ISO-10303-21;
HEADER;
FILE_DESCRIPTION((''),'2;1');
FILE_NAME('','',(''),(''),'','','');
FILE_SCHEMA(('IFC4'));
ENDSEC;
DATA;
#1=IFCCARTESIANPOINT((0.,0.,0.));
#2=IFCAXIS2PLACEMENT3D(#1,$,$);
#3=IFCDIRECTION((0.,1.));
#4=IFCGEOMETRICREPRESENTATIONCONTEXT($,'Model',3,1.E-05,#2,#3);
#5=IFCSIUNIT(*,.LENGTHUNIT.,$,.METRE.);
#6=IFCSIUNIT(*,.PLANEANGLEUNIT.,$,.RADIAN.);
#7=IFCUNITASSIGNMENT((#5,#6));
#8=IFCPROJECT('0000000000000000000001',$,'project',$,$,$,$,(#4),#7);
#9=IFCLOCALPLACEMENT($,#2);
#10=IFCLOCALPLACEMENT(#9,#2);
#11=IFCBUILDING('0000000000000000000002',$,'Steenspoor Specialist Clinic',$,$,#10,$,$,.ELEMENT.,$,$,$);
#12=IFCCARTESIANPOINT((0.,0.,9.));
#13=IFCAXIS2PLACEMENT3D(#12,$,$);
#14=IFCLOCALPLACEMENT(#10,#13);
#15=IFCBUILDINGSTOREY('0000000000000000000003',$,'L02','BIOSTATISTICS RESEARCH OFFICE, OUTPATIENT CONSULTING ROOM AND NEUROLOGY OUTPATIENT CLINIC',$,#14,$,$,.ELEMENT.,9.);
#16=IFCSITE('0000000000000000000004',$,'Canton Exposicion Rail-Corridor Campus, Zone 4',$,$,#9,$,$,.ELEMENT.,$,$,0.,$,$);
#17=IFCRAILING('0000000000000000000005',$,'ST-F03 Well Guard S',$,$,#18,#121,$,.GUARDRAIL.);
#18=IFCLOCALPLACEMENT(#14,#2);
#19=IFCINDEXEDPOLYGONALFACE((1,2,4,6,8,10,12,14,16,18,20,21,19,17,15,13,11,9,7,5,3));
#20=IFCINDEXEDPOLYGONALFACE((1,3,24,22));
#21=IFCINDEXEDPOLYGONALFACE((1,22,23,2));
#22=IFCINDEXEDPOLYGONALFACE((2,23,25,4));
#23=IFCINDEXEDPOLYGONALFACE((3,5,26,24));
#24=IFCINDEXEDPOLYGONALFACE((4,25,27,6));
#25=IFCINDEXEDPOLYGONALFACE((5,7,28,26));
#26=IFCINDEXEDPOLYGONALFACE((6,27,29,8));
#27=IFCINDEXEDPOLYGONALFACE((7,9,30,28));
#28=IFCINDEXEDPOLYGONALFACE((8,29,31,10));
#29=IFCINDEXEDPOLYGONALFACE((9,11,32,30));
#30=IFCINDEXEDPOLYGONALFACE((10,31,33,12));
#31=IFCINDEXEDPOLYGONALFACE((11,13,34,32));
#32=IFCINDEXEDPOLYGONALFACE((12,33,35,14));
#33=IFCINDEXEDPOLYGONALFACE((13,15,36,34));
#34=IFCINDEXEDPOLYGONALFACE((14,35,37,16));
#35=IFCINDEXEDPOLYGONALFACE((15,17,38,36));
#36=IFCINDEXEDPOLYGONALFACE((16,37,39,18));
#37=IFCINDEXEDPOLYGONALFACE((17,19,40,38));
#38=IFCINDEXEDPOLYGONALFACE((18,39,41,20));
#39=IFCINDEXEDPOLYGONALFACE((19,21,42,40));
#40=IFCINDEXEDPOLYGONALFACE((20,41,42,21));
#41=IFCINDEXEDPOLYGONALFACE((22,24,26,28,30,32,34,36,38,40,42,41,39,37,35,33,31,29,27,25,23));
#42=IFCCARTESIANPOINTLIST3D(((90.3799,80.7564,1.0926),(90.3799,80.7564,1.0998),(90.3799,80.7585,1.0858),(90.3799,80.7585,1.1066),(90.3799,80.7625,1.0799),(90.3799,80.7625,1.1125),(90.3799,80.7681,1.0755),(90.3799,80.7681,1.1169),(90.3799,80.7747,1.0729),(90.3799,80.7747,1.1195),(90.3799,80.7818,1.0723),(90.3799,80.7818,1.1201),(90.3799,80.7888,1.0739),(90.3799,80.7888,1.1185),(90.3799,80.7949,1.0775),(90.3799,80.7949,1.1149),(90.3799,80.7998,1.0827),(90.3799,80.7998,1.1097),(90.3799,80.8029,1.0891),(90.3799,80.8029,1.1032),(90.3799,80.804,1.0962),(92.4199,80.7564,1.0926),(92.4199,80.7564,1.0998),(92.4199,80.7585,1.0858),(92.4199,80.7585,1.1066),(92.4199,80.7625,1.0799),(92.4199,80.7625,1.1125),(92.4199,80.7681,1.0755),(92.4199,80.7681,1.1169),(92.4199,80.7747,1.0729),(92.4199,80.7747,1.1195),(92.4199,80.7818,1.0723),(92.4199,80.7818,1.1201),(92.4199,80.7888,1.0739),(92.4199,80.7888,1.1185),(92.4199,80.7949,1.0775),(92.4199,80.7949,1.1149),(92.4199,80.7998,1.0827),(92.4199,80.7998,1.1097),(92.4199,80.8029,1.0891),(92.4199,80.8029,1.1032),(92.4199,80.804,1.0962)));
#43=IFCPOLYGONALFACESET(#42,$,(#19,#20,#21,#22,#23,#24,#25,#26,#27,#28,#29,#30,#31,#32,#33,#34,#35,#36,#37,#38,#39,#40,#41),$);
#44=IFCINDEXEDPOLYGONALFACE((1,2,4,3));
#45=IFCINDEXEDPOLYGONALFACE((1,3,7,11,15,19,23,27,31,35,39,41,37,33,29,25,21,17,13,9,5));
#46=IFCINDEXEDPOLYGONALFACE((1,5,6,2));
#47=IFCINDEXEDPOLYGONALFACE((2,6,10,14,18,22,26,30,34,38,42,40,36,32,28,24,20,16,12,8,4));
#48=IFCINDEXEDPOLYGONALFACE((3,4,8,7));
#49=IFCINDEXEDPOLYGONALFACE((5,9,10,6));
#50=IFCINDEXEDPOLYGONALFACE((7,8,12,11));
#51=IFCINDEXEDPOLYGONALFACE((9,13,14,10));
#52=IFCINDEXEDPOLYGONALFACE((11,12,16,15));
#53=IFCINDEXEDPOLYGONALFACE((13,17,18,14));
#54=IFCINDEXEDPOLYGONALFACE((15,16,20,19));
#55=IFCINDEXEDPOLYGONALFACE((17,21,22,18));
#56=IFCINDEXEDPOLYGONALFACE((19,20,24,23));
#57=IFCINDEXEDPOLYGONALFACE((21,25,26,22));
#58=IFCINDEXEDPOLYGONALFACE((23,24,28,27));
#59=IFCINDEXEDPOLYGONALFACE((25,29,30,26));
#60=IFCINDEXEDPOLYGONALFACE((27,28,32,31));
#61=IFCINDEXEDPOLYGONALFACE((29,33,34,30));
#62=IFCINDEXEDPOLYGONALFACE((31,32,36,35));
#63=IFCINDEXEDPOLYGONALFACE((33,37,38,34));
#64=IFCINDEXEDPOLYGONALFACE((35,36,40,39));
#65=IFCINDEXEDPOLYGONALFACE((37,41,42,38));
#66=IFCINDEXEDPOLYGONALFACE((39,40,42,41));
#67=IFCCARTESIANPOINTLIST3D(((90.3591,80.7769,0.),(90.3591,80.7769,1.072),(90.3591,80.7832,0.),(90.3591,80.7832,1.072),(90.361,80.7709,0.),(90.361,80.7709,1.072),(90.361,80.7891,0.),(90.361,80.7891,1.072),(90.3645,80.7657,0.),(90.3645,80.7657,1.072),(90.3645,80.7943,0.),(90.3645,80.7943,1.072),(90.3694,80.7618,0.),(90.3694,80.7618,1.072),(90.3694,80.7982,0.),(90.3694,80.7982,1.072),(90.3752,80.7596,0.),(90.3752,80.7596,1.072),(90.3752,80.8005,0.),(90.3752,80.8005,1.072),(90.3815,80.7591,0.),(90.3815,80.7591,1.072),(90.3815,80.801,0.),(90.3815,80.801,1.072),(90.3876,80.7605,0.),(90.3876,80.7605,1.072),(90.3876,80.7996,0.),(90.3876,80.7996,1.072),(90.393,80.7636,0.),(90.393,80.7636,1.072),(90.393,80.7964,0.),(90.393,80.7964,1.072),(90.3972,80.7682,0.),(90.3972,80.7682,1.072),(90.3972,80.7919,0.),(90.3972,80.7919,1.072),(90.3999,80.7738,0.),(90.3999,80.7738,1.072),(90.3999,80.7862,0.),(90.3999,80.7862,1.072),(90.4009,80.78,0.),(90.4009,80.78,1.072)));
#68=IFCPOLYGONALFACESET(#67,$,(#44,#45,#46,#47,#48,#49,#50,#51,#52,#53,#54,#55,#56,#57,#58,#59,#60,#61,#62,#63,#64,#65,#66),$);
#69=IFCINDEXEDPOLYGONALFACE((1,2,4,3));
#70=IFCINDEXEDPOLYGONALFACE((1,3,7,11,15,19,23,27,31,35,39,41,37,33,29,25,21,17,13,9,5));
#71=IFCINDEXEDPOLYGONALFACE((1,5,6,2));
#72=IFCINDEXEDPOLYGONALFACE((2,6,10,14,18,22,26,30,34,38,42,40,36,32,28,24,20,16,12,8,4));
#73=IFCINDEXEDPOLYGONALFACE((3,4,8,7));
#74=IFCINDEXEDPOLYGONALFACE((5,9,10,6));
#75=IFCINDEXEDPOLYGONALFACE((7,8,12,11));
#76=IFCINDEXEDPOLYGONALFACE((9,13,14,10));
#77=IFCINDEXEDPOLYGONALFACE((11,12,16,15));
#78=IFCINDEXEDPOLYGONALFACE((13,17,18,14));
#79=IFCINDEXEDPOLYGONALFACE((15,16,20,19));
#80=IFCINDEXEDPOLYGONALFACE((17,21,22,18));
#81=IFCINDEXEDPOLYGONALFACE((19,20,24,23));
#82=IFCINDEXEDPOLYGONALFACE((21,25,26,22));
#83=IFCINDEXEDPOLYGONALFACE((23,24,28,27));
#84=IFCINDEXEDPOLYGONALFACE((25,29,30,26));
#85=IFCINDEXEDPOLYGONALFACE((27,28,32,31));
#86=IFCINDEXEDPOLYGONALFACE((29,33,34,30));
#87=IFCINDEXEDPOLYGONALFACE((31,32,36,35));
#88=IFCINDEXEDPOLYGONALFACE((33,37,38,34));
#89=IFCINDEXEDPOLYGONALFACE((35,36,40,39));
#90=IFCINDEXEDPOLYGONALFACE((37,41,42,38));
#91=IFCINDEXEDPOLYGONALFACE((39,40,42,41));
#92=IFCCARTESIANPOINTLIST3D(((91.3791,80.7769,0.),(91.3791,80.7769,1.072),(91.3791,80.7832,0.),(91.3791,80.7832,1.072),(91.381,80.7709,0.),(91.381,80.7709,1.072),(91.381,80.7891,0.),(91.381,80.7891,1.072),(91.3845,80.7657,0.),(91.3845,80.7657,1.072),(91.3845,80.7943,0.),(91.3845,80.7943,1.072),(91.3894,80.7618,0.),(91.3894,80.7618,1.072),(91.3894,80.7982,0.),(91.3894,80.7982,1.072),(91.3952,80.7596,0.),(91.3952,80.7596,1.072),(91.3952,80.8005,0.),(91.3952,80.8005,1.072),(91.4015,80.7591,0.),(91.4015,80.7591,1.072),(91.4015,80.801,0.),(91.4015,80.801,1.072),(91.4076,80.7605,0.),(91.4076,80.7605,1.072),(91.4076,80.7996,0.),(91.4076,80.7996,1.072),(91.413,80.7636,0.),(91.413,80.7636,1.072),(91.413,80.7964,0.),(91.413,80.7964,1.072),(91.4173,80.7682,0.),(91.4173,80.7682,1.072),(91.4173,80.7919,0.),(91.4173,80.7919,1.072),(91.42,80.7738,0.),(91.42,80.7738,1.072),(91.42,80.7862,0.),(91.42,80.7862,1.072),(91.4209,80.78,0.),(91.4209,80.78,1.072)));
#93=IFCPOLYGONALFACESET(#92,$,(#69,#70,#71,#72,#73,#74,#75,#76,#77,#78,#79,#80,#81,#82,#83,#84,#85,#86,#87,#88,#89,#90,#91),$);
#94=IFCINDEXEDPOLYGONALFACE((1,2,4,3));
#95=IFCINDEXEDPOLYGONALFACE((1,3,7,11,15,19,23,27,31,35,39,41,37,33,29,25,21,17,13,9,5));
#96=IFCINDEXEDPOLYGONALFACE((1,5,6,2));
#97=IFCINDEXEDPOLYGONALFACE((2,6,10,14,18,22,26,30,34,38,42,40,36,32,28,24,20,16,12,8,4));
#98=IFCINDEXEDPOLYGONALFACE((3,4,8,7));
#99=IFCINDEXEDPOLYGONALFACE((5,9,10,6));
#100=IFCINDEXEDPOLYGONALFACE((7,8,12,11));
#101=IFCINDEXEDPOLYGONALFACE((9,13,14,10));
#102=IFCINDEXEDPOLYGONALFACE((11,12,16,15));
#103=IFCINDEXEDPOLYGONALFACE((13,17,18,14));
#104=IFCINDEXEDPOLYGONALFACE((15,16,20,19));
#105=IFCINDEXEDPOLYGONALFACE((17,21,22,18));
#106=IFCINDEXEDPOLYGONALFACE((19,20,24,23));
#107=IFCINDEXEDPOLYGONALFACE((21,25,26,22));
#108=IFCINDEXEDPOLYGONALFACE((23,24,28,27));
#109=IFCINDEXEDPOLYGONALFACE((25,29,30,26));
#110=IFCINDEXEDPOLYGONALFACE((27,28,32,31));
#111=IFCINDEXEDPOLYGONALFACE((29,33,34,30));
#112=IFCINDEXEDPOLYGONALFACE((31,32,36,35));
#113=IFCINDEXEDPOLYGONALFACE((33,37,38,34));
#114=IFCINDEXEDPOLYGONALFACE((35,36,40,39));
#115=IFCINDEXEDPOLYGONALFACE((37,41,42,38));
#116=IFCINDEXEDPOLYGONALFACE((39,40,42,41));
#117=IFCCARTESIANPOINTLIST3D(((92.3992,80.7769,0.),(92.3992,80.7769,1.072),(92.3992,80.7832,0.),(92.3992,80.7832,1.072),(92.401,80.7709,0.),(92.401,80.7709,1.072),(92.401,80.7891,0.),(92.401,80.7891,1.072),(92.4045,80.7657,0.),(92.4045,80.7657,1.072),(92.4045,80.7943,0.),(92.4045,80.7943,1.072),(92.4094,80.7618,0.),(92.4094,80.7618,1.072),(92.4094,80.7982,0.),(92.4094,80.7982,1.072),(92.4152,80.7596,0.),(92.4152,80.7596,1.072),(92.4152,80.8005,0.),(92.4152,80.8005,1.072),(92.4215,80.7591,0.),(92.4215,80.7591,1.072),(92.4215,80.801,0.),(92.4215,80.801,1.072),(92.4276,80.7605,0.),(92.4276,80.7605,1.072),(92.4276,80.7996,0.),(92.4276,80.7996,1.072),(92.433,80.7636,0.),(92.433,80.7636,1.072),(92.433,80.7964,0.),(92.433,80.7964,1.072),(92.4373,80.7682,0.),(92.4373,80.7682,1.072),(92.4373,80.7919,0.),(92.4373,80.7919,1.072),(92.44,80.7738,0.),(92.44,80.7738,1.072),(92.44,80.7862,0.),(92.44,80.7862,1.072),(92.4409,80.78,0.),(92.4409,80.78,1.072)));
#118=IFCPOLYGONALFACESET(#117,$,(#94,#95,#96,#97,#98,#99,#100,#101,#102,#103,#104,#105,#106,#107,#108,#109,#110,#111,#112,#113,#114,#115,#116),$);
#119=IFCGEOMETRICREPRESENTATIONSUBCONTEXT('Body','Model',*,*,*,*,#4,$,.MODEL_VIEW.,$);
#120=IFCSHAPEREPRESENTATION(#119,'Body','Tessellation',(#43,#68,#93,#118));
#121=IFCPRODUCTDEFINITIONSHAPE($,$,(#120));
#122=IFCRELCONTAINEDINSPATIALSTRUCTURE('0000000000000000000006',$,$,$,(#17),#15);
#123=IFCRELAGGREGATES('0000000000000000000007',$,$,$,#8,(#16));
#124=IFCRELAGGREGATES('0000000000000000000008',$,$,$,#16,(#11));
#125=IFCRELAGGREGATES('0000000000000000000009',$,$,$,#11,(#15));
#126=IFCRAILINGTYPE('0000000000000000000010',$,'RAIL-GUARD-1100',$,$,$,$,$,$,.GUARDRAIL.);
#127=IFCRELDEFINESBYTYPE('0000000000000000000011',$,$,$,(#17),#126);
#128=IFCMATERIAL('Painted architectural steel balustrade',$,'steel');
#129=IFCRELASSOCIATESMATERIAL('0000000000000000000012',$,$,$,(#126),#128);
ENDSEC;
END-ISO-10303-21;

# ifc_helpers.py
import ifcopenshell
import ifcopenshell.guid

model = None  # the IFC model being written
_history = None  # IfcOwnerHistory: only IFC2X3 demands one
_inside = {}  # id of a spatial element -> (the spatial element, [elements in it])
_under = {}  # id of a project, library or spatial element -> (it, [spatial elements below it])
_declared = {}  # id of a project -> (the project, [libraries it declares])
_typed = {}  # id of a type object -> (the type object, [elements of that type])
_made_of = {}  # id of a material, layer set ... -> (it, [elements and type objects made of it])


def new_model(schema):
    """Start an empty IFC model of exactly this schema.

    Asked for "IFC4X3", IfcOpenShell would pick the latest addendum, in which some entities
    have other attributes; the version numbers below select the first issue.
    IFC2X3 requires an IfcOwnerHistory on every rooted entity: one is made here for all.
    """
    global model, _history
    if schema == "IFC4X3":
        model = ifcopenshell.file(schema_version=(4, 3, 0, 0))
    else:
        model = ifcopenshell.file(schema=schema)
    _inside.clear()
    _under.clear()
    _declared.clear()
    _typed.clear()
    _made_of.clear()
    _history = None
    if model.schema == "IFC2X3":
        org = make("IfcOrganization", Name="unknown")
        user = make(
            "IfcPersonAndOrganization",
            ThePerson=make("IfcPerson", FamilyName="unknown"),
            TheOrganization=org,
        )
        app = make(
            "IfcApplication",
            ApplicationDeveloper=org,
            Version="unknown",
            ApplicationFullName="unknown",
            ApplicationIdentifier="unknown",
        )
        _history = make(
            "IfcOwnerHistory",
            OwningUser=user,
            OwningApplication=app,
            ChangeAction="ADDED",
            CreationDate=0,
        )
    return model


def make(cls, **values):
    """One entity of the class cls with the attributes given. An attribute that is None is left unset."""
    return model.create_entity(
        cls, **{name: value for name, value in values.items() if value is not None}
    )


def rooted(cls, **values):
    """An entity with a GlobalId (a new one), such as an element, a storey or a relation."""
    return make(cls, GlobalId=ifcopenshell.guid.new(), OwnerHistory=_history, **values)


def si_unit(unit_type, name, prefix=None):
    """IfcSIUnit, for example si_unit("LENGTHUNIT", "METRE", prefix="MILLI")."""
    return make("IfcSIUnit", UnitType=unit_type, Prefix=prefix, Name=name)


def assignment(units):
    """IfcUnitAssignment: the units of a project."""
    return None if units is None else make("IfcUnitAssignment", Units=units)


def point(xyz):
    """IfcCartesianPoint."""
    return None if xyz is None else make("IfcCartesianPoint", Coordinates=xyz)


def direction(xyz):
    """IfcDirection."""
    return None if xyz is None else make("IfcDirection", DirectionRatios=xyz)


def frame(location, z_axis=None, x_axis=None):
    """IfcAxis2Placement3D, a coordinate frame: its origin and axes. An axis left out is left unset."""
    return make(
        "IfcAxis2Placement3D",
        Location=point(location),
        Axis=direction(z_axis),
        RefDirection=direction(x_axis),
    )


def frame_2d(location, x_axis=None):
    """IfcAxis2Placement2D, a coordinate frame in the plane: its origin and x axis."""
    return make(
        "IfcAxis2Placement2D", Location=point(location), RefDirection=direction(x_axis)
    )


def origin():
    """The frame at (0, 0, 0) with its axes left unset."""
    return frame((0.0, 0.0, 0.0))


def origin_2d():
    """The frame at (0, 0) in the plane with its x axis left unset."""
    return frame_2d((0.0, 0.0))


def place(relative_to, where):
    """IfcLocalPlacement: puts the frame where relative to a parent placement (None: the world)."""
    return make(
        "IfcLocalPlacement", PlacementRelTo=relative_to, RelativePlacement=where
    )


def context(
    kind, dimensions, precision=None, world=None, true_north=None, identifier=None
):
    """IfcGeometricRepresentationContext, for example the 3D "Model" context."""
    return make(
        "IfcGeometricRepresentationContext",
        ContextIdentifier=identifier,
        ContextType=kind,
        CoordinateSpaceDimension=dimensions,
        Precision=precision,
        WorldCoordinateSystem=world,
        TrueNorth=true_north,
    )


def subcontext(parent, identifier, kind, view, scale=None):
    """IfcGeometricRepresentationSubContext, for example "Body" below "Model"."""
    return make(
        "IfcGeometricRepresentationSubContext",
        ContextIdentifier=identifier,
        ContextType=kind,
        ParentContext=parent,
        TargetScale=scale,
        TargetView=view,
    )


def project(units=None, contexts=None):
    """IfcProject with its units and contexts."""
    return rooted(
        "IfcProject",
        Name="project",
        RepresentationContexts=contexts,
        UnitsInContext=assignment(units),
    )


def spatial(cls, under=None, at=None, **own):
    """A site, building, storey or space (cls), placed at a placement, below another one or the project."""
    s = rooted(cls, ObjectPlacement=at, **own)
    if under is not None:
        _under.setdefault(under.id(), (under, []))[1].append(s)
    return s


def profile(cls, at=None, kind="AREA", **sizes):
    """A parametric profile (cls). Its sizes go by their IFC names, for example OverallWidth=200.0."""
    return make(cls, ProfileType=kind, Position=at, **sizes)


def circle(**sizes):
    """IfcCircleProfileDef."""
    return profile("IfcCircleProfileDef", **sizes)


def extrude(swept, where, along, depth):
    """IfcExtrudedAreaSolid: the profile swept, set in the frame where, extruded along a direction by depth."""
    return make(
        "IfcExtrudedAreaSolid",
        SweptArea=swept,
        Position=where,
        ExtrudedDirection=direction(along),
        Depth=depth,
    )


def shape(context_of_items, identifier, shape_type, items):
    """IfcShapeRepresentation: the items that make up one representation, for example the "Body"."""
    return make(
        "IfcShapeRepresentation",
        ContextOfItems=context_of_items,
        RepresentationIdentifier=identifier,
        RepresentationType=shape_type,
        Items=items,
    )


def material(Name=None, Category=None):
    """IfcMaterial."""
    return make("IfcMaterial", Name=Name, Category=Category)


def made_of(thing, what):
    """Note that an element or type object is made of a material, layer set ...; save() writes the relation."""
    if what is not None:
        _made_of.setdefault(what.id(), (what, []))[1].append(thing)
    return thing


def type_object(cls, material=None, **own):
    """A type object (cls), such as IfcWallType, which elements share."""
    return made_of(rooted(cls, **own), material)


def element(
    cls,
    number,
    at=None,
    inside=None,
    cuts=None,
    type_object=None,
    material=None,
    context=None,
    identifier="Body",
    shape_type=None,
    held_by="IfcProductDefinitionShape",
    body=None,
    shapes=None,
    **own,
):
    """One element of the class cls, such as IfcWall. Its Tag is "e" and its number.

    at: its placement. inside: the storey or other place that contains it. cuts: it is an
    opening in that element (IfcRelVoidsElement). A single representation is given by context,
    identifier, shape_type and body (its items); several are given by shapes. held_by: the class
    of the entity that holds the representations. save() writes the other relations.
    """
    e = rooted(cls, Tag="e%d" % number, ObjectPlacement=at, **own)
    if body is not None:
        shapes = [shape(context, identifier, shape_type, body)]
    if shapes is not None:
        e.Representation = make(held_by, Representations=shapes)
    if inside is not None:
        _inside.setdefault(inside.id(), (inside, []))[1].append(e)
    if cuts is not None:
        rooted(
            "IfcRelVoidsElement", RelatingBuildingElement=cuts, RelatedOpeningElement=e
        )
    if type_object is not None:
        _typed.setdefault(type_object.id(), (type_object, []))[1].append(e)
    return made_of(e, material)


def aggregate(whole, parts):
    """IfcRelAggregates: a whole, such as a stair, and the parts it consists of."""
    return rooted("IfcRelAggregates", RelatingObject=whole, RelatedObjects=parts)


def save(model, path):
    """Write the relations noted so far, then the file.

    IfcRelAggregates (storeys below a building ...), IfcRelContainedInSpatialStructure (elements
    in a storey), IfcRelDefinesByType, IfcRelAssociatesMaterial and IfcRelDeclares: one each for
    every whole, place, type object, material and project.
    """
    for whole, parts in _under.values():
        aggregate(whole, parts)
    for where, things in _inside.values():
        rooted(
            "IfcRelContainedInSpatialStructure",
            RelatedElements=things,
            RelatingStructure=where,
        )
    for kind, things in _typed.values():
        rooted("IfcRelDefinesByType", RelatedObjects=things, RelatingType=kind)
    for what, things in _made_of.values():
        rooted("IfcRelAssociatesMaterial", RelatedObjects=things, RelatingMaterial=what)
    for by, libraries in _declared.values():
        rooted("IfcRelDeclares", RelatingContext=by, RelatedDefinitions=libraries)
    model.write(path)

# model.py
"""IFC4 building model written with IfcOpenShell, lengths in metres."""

from ifc_helpers import new_model, si_unit, direction, frame, origin, origin_2d, place, context, subcontext, project, spatial, circle, extrude, material, type_object, element, save


model = new_model("IFC4")

# Units and contexts
model_context = context("Model", 3, precision=1e-05, world=origin(), true_north=direction((0.0, 1.0)))
body_context = subcontext(model_context, "Body", "Model", "MODEL_VIEW")
ifc_project = project(units=[si_unit("LENGTHUNIT", "METRE"), si_unit("PLANEANGLEUNIT", "RADIAN")], contexts=[model_context])

# Site, building, storey
site_placement = place(None, origin())
site = spatial("IfcSite", under=ifc_project, at=site_placement, Name="Canton Exposicion Rail-Corridor Campus, Zone 4", CompositionType="ELEMENT", RefElevation=0.0)
building_placement = place(site_placement, origin())
building = spatial("IfcBuilding", under=site, at=building_placement, Name="Steenspoor Specialist Clinic", CompositionType="ELEMENT")
storey_placement = place(building_placement, frame((0.0, 0.0, 9.0)))
storey = spatial("IfcBuildingStorey", under=building, at=storey_placement, Name="L02", Description="BIOSTATISTICS RESEARCH OFFICE, OUTPATIENT CONSULTING ROOM AND NEUROLOGY OUTPATIENT CLINIC", CompositionType="ELEMENT", Elevation=9.0)

# Railing
ifc_material_1 = material(Name="Painted architectural steel balustrade", Category="steel")
railing_type = type_object("IfcRailingType", Name="RAIL-GUARD-1100", PredefinedType="GUARDRAIL", material=ifc_material_1)
railing_1_placement = place(storey_placement, frame((90.3799, 80.78, 0.0)))
element("IfcRailing", 1, at=railing_1_placement, inside=storey, type_object=railing_type, Name="ST-F03 Well Guard S", PredefinedType="GUARDRAIL", context=body_context, shape_type="SweptSolid", body=[
    extrude(circle(Radius=0.0239, at=origin_2d()), frame((0.0, 0.0, 1.0962), z_axis=(1.0, 0.0, 0.0), x_axis=(0.0, 1.0, 0.0)), (0.0, 0.0, 1.0), 2.04),
    extrude(circle(Radius=0.021, at=origin_2d()), origin(), (0.0, 0.0, 1.0), 1.072),
    extrude(circle(Radius=0.021, at=origin_2d()), frame((1.02, 0.0, 0.0)), (0.0, 0.0, 1.0), 1.072),
    extrude(circle(Radius=0.021, at=origin_2d()), frame((2.04, 0.0, 0.0)), (0.0, 0.0, 1.0), 1.072),
])

save(model, "model.ifc")
